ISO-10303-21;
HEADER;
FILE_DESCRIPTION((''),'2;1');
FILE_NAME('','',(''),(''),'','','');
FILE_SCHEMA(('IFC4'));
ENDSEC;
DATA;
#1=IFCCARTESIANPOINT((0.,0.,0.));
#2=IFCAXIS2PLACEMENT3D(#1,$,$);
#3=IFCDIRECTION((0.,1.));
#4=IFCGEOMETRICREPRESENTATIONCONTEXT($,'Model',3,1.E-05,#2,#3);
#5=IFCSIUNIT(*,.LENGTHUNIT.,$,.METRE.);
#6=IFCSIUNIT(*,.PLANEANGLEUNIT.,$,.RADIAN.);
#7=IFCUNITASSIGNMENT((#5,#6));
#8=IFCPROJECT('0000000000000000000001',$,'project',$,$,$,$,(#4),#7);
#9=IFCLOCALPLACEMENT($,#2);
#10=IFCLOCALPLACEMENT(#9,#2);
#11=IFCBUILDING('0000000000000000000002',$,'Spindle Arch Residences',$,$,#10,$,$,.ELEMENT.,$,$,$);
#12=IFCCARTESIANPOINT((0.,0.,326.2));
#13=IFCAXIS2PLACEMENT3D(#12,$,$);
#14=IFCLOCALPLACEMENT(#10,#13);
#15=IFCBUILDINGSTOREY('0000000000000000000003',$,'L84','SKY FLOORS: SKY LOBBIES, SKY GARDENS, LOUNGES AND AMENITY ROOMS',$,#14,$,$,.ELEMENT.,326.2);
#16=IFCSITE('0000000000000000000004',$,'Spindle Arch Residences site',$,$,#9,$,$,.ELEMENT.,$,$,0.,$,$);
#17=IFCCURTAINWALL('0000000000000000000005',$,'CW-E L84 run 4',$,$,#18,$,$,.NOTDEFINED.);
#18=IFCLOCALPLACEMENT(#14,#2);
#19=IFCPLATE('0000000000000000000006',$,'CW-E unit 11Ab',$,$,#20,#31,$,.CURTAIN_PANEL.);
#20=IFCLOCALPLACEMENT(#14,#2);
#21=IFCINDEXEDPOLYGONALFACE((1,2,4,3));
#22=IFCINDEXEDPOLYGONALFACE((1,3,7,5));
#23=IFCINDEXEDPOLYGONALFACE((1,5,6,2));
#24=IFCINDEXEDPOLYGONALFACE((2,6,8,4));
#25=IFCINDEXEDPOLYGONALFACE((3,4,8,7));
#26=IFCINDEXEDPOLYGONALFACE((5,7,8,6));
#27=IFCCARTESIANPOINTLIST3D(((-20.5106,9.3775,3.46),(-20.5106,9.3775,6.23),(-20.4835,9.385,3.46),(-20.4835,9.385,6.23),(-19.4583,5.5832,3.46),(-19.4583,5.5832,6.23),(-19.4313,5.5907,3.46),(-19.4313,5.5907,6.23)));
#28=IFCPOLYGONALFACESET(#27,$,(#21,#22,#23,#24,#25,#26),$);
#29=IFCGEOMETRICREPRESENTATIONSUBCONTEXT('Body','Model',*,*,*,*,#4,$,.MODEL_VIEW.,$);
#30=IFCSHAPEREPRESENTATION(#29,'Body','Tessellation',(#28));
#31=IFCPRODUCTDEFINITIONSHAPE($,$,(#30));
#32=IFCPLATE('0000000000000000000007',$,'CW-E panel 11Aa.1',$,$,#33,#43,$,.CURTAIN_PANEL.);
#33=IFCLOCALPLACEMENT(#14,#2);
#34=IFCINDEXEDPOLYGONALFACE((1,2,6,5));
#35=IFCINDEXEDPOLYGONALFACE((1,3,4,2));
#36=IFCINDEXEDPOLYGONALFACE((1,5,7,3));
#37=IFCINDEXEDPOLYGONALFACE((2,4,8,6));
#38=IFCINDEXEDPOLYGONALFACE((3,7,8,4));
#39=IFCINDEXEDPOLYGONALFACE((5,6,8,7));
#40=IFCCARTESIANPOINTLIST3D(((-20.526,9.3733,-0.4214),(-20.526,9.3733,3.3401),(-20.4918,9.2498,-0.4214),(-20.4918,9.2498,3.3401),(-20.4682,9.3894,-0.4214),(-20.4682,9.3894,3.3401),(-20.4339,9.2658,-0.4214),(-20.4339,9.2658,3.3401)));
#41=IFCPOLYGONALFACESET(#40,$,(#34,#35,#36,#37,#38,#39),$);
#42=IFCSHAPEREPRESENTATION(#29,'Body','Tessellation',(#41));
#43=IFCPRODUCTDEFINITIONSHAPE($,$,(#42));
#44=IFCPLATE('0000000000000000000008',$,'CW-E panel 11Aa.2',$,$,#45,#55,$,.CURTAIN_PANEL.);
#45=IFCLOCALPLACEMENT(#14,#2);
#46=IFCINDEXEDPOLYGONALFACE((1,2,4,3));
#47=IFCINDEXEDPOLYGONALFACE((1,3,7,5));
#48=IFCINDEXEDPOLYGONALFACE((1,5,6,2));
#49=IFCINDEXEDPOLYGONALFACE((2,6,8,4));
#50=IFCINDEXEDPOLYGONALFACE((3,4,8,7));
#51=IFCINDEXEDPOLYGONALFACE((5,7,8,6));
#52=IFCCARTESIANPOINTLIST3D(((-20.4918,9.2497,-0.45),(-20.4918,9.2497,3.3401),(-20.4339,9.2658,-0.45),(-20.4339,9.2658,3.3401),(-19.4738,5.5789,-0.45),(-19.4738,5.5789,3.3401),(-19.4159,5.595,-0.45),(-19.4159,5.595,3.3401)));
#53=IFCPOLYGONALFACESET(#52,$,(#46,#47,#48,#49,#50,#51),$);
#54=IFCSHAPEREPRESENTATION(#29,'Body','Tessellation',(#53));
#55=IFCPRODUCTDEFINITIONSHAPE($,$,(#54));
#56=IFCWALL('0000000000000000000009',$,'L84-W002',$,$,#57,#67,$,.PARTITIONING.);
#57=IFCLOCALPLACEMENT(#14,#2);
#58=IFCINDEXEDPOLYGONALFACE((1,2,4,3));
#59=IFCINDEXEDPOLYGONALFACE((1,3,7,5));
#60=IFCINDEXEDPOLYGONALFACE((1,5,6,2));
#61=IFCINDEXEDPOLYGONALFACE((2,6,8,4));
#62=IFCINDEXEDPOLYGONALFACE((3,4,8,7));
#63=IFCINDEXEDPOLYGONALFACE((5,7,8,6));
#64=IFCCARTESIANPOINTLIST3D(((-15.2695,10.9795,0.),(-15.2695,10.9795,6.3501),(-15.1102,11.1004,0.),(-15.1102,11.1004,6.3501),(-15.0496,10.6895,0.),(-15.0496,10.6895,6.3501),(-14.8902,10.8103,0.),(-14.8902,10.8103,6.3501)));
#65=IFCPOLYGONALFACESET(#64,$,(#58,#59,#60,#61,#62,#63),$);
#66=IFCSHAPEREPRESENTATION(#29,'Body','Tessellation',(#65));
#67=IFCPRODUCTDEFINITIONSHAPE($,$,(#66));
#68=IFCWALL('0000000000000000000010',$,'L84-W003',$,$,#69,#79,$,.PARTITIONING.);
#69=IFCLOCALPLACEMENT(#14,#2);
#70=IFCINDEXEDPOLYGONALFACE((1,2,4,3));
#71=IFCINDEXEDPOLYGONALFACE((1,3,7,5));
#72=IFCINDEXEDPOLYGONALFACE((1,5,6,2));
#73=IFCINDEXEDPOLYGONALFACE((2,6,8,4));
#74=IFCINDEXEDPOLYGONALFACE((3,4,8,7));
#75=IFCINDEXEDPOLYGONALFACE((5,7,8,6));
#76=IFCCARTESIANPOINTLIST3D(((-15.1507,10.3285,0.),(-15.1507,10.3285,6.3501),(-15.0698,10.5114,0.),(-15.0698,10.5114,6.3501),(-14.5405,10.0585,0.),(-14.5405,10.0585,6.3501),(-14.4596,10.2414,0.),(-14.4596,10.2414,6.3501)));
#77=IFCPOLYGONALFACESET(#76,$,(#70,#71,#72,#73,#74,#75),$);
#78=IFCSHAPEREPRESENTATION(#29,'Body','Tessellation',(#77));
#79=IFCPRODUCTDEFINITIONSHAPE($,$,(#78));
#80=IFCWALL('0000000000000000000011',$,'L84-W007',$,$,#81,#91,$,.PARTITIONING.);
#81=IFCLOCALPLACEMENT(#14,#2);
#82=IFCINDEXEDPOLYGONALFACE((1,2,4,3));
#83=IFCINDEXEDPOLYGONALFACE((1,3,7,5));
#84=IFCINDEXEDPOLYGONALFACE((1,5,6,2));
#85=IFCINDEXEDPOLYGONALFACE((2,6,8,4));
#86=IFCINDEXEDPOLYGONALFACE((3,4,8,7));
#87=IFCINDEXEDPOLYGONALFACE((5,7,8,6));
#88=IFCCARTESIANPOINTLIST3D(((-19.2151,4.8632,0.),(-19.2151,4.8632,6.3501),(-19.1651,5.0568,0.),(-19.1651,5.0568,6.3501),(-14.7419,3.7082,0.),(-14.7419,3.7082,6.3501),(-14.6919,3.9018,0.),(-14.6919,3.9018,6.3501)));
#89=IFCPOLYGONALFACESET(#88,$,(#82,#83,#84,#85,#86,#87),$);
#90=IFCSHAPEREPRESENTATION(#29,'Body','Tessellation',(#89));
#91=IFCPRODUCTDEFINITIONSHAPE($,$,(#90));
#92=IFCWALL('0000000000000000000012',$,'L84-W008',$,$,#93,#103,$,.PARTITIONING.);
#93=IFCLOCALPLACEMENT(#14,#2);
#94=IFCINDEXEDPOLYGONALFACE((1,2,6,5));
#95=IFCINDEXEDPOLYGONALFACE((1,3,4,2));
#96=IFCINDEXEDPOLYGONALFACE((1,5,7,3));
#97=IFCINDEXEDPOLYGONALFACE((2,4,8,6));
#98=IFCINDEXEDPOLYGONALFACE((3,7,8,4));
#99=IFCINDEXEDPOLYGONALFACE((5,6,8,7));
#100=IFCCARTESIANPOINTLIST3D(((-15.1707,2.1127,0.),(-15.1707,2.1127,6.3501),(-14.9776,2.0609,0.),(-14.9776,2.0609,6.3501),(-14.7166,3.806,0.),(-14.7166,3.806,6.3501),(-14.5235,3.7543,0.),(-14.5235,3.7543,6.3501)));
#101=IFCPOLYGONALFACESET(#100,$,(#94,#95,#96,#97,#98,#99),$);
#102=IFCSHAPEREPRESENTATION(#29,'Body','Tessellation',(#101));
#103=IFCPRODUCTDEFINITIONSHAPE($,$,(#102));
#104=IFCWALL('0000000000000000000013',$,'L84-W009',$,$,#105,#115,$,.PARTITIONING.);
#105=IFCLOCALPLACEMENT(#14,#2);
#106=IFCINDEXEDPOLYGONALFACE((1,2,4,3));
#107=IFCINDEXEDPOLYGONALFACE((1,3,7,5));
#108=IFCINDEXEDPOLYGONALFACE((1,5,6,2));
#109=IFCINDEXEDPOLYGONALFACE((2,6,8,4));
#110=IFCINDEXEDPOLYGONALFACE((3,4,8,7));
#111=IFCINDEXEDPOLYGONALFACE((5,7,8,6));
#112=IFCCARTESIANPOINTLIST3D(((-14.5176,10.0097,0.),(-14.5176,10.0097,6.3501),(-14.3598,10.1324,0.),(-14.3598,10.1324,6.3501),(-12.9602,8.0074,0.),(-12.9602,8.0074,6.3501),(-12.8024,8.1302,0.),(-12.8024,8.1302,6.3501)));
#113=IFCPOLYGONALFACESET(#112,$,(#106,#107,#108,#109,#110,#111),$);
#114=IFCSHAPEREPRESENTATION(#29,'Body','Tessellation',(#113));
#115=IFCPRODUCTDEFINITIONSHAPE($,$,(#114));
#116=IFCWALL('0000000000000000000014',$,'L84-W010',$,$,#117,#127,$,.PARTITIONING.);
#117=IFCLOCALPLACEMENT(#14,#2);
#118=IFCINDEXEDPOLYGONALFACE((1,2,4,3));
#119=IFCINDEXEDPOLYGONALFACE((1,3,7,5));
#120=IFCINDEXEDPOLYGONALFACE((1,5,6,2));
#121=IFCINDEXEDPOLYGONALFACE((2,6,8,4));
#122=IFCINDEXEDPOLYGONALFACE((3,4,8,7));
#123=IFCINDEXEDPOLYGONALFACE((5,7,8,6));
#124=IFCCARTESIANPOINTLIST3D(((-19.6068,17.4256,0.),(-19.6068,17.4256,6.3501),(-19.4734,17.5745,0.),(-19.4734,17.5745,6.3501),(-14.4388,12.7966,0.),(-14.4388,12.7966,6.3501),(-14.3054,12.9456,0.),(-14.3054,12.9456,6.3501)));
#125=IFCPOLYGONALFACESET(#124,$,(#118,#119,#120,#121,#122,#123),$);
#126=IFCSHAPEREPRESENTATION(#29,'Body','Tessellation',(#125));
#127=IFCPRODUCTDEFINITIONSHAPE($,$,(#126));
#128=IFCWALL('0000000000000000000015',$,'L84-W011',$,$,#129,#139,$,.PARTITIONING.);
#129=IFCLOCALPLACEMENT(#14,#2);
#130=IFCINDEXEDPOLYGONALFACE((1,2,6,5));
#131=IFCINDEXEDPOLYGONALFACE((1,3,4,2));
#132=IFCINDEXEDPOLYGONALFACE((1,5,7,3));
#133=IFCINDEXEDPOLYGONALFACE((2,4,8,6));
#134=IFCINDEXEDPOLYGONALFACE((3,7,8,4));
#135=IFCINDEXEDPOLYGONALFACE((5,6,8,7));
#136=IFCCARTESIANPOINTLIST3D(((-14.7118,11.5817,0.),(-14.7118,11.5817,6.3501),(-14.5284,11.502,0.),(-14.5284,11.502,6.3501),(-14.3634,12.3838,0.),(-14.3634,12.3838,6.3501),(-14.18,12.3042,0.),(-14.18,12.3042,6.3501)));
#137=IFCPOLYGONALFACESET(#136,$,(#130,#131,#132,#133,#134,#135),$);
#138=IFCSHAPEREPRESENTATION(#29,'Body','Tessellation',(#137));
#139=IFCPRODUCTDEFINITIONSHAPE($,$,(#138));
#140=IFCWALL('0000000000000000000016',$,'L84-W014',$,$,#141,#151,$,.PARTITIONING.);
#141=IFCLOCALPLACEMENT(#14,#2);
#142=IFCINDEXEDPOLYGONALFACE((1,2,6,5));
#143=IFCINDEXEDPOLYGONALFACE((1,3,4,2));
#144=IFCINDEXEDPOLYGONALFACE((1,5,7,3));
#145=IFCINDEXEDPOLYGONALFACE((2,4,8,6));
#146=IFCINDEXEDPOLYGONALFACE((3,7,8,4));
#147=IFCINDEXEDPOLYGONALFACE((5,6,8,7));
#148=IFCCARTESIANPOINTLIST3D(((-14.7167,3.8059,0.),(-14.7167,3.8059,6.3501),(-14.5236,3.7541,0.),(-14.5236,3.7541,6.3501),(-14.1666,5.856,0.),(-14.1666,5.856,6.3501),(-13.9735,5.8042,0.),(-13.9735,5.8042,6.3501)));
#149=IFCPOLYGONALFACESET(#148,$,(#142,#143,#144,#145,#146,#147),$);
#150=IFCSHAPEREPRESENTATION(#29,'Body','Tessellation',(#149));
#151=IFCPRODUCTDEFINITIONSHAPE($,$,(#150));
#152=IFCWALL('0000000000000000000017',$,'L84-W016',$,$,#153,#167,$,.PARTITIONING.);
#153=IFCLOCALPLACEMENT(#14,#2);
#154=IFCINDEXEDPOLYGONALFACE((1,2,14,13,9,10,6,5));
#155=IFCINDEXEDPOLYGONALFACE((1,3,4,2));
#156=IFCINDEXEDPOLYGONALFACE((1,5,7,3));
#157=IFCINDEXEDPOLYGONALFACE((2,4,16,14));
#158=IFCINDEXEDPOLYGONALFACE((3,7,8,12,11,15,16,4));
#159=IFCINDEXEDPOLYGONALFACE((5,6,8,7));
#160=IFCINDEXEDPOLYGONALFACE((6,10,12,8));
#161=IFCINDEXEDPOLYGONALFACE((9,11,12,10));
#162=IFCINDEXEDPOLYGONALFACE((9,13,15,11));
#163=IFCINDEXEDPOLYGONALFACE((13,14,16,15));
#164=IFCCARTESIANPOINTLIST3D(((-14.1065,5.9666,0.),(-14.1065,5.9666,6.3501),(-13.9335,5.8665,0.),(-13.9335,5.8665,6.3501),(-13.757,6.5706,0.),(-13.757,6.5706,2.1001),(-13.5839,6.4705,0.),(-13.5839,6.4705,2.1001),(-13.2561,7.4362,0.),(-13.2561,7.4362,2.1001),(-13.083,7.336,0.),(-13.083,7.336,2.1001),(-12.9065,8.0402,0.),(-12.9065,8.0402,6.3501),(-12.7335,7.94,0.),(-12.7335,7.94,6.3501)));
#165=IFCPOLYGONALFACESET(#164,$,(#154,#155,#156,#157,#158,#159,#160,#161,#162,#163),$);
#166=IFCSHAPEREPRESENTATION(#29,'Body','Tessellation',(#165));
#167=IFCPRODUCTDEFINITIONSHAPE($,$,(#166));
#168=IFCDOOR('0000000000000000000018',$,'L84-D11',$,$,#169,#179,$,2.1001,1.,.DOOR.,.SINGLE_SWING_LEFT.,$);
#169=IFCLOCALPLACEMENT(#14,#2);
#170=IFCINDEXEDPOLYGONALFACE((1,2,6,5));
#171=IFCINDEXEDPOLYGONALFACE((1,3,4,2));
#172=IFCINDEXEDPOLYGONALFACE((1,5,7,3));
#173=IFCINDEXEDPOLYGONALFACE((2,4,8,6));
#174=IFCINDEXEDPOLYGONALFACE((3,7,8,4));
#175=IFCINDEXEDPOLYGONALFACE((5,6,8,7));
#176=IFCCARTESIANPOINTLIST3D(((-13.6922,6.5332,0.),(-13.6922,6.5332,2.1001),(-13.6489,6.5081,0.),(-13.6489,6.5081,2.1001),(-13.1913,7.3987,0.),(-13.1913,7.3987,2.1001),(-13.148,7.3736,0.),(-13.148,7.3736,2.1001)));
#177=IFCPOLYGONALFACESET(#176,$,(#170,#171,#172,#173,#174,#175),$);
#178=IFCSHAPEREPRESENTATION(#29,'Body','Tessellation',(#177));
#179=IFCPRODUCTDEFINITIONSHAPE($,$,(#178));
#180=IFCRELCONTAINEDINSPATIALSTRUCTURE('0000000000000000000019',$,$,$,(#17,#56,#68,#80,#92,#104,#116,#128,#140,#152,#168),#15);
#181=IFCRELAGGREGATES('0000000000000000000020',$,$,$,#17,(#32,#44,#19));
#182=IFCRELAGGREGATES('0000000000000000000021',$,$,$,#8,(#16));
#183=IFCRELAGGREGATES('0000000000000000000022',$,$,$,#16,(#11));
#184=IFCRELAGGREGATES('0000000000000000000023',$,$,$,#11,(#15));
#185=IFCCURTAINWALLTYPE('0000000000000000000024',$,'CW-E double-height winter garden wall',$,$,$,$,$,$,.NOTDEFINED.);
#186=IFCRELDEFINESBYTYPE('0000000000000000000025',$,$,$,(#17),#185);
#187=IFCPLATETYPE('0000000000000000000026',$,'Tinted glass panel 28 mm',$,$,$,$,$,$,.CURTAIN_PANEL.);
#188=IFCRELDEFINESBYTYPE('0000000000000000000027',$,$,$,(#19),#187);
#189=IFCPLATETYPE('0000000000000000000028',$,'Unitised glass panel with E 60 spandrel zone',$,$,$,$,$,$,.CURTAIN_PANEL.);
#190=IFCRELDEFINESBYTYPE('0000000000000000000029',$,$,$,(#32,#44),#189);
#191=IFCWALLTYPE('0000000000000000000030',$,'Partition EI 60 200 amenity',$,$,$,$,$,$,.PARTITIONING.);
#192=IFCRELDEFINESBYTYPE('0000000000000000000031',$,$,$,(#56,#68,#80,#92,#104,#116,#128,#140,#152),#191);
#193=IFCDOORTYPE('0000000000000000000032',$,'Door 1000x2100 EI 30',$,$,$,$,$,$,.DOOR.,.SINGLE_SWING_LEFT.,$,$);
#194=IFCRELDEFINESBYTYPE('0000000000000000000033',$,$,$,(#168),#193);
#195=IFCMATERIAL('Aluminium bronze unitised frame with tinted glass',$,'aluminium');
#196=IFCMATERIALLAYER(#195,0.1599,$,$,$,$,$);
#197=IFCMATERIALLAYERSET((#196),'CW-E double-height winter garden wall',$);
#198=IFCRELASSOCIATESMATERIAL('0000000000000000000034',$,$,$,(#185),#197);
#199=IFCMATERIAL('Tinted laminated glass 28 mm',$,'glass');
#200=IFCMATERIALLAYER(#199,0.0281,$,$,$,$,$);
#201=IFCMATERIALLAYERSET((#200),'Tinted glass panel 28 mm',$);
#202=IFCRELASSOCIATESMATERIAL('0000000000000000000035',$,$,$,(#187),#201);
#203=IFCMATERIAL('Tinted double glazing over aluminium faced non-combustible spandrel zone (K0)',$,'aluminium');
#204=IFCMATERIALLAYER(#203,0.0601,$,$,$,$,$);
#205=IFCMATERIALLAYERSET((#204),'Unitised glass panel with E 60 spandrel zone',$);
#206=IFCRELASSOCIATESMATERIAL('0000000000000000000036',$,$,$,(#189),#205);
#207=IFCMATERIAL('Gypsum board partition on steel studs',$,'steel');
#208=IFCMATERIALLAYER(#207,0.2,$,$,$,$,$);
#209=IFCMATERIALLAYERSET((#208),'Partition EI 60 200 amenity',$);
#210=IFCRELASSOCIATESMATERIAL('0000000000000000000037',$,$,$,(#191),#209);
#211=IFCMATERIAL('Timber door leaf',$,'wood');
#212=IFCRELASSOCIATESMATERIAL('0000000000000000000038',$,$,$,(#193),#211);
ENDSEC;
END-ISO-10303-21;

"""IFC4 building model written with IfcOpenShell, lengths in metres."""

from ifc_helpers import new_model, si_unit, direction, frame, frame_2d, origin, origin_2d, place, context, subcontext, project, spatial, rectangle, extrude, material, layer, layer_set, type_object, element, fill, aggregate, save


model = new_model("IFC4")

# Units and contexts
model_context = context("Model", 3, precision=1e-05, world=origin(), true_north=direction((0.0, 1.0)))
body_context = subcontext(model_context, "Body", "Model", "MODEL_VIEW")
ifc_project = project(units=[si_unit("LENGTHUNIT", "METRE"), si_unit("PLANEANGLEUNIT", "RADIAN")], contexts=[model_context])

# Site, building, storey
site_placement = place(None, origin())
site = spatial("IfcSite", under=ifc_project, at=site_placement, Name="Spindle Arch Residences site", CompositionType="ELEMENT", RefElevation=0.0)
building_placement = place(site_placement, origin())
building = spatial("IfcBuilding", under=site, at=building_placement, Name="Spindle Arch Residences", CompositionType="ELEMENT")
storey_placement = place(building_placement, frame((0.0, 0.0, 326.2)))
storey = spatial("IfcBuildingStorey", under=building, at=storey_placement, Name="L84", Description="SKY FLOORS: SKY LOBBIES, SKY GARDENS, LOUNGES AND AMENITY ROOMS", CompositionType="ELEMENT", Elevation=326.2)

# Curtain wall
ifc_material_1 = material(Name="Aluminium bronze unitised frame with tinted glass", Category="aluminium")
ifc_layer_1 = layer(ifc_material_1, 0.1599)
ifc_layer_set_1 = layer_set([ifc_layer_1], Name="CW-E double-height winter garden wall")
curtain_wall_type = type_object("IfcCurtainWallType", Name="CW-E double-height winter garden wall", PredefinedType="NOTDEFINED", material=ifc_layer_set_1)
curtain_wall_placement = place(storey_placement, origin())
curtain_wall = element("IfcCurtainWall", 1, at=curtain_wall_placement, inside=storey, type_object=curtain_wall_type, Name="CW-E L84 run 4", PredefinedType="NOTDEFINED")

# Plates
ifc_material_2 = material(Name="Tinted laminated glass 28 mm", Category="glass")
ifc_layer_2 = layer(ifc_material_2, 0.0281)
ifc_layer_set_2 = layer_set([ifc_layer_2], Name="Tinted glass panel 28 mm")
plate_type_1 = type_object("IfcPlateType", Name="Tinted glass panel 28 mm", PredefinedType="CURTAIN_PANEL", material=ifc_layer_set_2)
plate_1_placement = place(storey_placement, frame((-19.9709, 7.4841, 3.46), z_axis=(0.0, 0.0, 1.0), x_axis=(0.267238, -0.96363, 0.0)))
plate_1 = element("IfcPlate", 2, at=plate_1_placement, type_object=plate_type_1, Name="CW-E unit 11Ab", PredefinedType="CURTAIN_PANEL", context=body_context, shape_type="SweptSolid", body=[
    extrude(rectangle(XDim=3.9375, YDim=0.0281, at=origin_2d()), origin(), (0.0, 0.0, 1.0), 2.77),
])
ifc_material_3 = material(Name="Tinted double glazing over aluminium faced non-combustible spandrel zone (K0)", Category="aluminium")
ifc_layer_3 = layer(ifc_material_3, 0.0601)
ifc_layer_set_3 = layer_set([ifc_layer_3], Name="Unitised glass panel with E 60 spandrel zone")
plate_type_2 = type_object("IfcPlateType", Name="Unitised glass panel with E 60 spandrel zone", PredefinedType="CURTAIN_PANEL", material=ifc_layer_set_3)
plate_2_placement = place(storey_placement, frame((-20.48, 9.3196, -0.4214), z_axis=(0.0, 0.0, 1.0), x_axis=(0.267238, -0.96363, 0.0)))
plate_2 = element("IfcPlate", 3, at=plate_2_placement, type_object=plate_type_2, Name="CW-E panel 11Aa.1", PredefinedType="CURTAIN_PANEL", context=body_context, shape_type="SweptSolid", body=[
    extrude(rectangle(XDim=0.1282, YDim=0.0601, at=origin_2d()), origin(), (0.0, 0.0, 1.0), 3.7615),
])
plate_3_placement = place(storey_placement, frame((-19.9539, 7.4224, -0.45), z_axis=(0.0, 0.0, 1.0), x_axis=(0.267238, -0.96363, 0.0)))
plate_3 = element("IfcPlate", 4, at=plate_3_placement, type_object=plate_type_2, Name="CW-E panel 11Aa.2", PredefinedType="CURTAIN_PANEL", context=body_context, shape_type="SweptSolid", body=[
    extrude(rectangle(XDim=3.8093, YDim=0.0601, at=origin_2d()), origin(), (0.0, 0.0, 1.0), 3.79),
])
aggregate(curtain_wall, [plate_2, plate_3, plate_1])

# Walls
ifc_material_4 = material(Name="Gypsum board partition on steel studs", Category="steel")
ifc_layer_4 = layer(ifc_material_4, 0.2)
ifc_layer_set_4 = layer_set([ifc_layer_4], Name="Partition EI 60 200 amenity")
wall_type = type_object("IfcWallType", Name="Partition EI 60 200 amenity", PredefinedType="PARTITIONING", material=ifc_layer_set_4)
wall_1_placement = place(storey_placement, frame((-15.1899, 11.04, 0.0), z_axis=(0.0, 0.0, 1.0), x_axis=(0.604284, -0.796769, 0.0)))
element("IfcWall", 5, at=wall_1_placement, inside=storey, type_object=wall_type, Name="L84-W002", PredefinedType="PARTITIONING", context=body_context, shape_type="SweptSolid", body=[
    extrude(rectangle(XDim=0.364, YDim=0.2, at=frame_2d((0.1821, 0.0))), origin(), (0.0, 0.0, 1.0), 6.3501),
])
wall_2_placement = place(storey_placement, frame((-15.1101, 10.4199, 0.0), z_axis=(0.0, 0.0, 1.0), x_axis=(0.914444, -0.404712, 0.0)))
element("IfcWall", 6, at=wall_2_placement, inside=storey, type_object=wall_type, Name="L84-W003", PredefinedType="PARTITIONING", context=body_context, shape_type="SweptSolid", body=[
    extrude(rectangle(XDim=0.6672, YDim=0.2, at=frame_2d((0.3335, 0.0))), origin(), (0.0, 0.0, 1.0), 6.3501),
])
wall_3_placement = place(storey_placement, frame((-14.7168, 3.8049, 0.0), z_axis=(0.0, 0.0, 1.0), x_axis=(-0.968242, 0.250014, 0.0)))
element("IfcWall", 7, at=wall_3_placement, inside=storey, type_object=wall_type, Name="L84-W007", PredefinedType="PARTITIONING", context=body_context, shape_type="SweptSolid", body=[
    extrude(rectangle(XDim=4.6199, YDim=0.2, at=frame_2d((2.3101, 0.0))), origin(), (0.0, 0.0, 1.0), 6.3501),
])
wall_4_placement = place(storey_placement, frame((-14.6201, 3.78, 0.0), z_axis=(0.0, 0.0, 1.0), x_axis=(-0.259015, -0.965873, 0.0)))
element("IfcWall", 8, at=wall_4_placement, inside=storey, type_object=wall_type, Name="L84-W008", PredefinedType="PARTITIONING", context=body_context, shape_type="SweptSolid", body=[
    extrude(rectangle(XDim=1.7532, YDim=0.2, at=frame_2d((0.8765, 0.0))), origin(), (0.0, 0.0, 1.0), 6.3501),
])
wall_5_placement = place(storey_placement, frame((-14.4387, 10.071, 0.0), z_axis=(0.0, 0.0, 1.0), x_axis=(0.613967, -0.789331, 0.0)))
element("IfcWall", 9, at=wall_5_placement, inside=storey, type_object=wall_type, Name="L84-W009", PredefinedType="PARTITIONING", context=body_context, shape_type="SweptSolid", body=[
    extrude(rectangle(XDim=2.5366, YDim=0.2, at=frame_2d((1.2683, 0.0))), origin(), (0.0, 0.0, 1.0), 6.3501),
])
wall_6_placement = place(storey_placement, frame((-14.3721, 12.8711, 0.0), z_axis=(0.0, 0.0, 1.0), x_axis=(-0.744888, 0.66719, 0.0)))
element("IfcWall", 10, at=wall_6_placement, inside=storey, type_object=wall_type, Name="L84-W010", PredefinedType="PARTITIONING", context=body_context, shape_type="SweptSolid", body=[
    extrude(rectangle(XDim=6.938, YDim=0.2, at=frame_2d((3.469, 0.0))), origin(), (0.0, 0.0, 1.0), 6.3501),
])
wall_7_placement = place(storey_placement, frame((-14.2717, 12.344, 0.0), z_axis=(0.0, 0.0, 1.0), x_axis=(-0.398328, -0.917243, 0.0)))
element("IfcWall", 11, at=wall_7_placement, inside=storey, type_object=wall_type, Name="L84-W011", PredefinedType="PARTITIONING", context=body_context, shape_type="SweptSolid", body=[
    extrude(rectangle(XDim=0.8745, YDim=0.2, at=frame_2d((0.4373, 0.0))), origin(), (0.0, 0.0, 1.0), 6.3501),
])
wall_8_placement = place(storey_placement, frame((-14.0701, 5.8301, 0.0), z_axis=(0.0, 0.0, 1.0), x_axis=(-0.259144, -0.965839, 0.0)))
element("IfcWall", 12, at=wall_8_placement, inside=storey, type_object=wall_type, Name="L84-W014", PredefinedType="PARTITIONING", context=body_context, shape_type="SweptSolid", body=[
    extrude(rectangle(XDim=2.1226, YDim=0.2, at=frame_2d((1.0613, 0.0))), origin(), (0.0, 0.0, 1.0), 6.3501),
])

# Wall, opening, door
wall_9_placement = place(storey_placement, frame((-12.8201, 7.99, 0.0), z_axis=(0.0, 0.0, 1.0), x_axis=(-0.500884, -0.865515, 0.0)))
wall_9 = element("IfcWall", 13, at=wall_9_placement, inside=storey, type_object=wall_type, Name="L84-W016", PredefinedType="PARTITIONING", context=body_context, shape_type="SweptSolid", body=[
    extrude(rectangle(XDim=2.3958, YDim=0.2, at=frame_2d((1.1978, 0.0))), origin(), (0.0, 0.0, 1.0), 6.3501),
])
opening_placement = place(wall_9_placement, frame((0.6978, 0.0, 0.0)))
opening = element("IfcOpeningElement", 14, at=opening_placement, cuts=wall_9, PredefinedType="OPENING", context=body_context, shape_type="SweptSolid", body=[
    extrude(rectangle(XDim=1.0, YDim=2.1001, at=frame_2d((0.5, 1.05))), frame((0.0, 0.1099, 0.0), z_axis=(0.0, -1.0, 0.0), x_axis=(1.0, 0.0, 0.0)), (0.0, 0.0, 1.0), 0.22),
])
ifc_material_5 = material(Name="Timber door leaf", Category="wood")
door_type = type_object("IfcDoorType", Name="Door 1000x2100 EI 30", OperationType="SINGLE_SWING_LEFT", PredefinedType="DOOR", material=ifc_material_5)
door_placement = place(opening_placement, origin())
door = element("IfcDoor", 15, at=door_placement, inside=storey, type_object=door_type, Name="L84-D11", OperationType="SINGLE_SWING_LEFT", OverallHeight=2.1001, OverallWidth=1.0, PredefinedType="DOOR", context=body_context, shape_type="SweptSolid", body=[
    extrude(rectangle(XDim=1.0, YDim=2.1001, at=frame_2d((0.5, 1.05))), frame((0.0, 0.0249, 0.0), z_axis=(0.0, -1.0, 0.0), x_axis=(1.0, 0.0, 0.0)), (0.0, 0.0, 1.0), 0.05),
])
fill(opening, door)

save(model, "model.ifc")
